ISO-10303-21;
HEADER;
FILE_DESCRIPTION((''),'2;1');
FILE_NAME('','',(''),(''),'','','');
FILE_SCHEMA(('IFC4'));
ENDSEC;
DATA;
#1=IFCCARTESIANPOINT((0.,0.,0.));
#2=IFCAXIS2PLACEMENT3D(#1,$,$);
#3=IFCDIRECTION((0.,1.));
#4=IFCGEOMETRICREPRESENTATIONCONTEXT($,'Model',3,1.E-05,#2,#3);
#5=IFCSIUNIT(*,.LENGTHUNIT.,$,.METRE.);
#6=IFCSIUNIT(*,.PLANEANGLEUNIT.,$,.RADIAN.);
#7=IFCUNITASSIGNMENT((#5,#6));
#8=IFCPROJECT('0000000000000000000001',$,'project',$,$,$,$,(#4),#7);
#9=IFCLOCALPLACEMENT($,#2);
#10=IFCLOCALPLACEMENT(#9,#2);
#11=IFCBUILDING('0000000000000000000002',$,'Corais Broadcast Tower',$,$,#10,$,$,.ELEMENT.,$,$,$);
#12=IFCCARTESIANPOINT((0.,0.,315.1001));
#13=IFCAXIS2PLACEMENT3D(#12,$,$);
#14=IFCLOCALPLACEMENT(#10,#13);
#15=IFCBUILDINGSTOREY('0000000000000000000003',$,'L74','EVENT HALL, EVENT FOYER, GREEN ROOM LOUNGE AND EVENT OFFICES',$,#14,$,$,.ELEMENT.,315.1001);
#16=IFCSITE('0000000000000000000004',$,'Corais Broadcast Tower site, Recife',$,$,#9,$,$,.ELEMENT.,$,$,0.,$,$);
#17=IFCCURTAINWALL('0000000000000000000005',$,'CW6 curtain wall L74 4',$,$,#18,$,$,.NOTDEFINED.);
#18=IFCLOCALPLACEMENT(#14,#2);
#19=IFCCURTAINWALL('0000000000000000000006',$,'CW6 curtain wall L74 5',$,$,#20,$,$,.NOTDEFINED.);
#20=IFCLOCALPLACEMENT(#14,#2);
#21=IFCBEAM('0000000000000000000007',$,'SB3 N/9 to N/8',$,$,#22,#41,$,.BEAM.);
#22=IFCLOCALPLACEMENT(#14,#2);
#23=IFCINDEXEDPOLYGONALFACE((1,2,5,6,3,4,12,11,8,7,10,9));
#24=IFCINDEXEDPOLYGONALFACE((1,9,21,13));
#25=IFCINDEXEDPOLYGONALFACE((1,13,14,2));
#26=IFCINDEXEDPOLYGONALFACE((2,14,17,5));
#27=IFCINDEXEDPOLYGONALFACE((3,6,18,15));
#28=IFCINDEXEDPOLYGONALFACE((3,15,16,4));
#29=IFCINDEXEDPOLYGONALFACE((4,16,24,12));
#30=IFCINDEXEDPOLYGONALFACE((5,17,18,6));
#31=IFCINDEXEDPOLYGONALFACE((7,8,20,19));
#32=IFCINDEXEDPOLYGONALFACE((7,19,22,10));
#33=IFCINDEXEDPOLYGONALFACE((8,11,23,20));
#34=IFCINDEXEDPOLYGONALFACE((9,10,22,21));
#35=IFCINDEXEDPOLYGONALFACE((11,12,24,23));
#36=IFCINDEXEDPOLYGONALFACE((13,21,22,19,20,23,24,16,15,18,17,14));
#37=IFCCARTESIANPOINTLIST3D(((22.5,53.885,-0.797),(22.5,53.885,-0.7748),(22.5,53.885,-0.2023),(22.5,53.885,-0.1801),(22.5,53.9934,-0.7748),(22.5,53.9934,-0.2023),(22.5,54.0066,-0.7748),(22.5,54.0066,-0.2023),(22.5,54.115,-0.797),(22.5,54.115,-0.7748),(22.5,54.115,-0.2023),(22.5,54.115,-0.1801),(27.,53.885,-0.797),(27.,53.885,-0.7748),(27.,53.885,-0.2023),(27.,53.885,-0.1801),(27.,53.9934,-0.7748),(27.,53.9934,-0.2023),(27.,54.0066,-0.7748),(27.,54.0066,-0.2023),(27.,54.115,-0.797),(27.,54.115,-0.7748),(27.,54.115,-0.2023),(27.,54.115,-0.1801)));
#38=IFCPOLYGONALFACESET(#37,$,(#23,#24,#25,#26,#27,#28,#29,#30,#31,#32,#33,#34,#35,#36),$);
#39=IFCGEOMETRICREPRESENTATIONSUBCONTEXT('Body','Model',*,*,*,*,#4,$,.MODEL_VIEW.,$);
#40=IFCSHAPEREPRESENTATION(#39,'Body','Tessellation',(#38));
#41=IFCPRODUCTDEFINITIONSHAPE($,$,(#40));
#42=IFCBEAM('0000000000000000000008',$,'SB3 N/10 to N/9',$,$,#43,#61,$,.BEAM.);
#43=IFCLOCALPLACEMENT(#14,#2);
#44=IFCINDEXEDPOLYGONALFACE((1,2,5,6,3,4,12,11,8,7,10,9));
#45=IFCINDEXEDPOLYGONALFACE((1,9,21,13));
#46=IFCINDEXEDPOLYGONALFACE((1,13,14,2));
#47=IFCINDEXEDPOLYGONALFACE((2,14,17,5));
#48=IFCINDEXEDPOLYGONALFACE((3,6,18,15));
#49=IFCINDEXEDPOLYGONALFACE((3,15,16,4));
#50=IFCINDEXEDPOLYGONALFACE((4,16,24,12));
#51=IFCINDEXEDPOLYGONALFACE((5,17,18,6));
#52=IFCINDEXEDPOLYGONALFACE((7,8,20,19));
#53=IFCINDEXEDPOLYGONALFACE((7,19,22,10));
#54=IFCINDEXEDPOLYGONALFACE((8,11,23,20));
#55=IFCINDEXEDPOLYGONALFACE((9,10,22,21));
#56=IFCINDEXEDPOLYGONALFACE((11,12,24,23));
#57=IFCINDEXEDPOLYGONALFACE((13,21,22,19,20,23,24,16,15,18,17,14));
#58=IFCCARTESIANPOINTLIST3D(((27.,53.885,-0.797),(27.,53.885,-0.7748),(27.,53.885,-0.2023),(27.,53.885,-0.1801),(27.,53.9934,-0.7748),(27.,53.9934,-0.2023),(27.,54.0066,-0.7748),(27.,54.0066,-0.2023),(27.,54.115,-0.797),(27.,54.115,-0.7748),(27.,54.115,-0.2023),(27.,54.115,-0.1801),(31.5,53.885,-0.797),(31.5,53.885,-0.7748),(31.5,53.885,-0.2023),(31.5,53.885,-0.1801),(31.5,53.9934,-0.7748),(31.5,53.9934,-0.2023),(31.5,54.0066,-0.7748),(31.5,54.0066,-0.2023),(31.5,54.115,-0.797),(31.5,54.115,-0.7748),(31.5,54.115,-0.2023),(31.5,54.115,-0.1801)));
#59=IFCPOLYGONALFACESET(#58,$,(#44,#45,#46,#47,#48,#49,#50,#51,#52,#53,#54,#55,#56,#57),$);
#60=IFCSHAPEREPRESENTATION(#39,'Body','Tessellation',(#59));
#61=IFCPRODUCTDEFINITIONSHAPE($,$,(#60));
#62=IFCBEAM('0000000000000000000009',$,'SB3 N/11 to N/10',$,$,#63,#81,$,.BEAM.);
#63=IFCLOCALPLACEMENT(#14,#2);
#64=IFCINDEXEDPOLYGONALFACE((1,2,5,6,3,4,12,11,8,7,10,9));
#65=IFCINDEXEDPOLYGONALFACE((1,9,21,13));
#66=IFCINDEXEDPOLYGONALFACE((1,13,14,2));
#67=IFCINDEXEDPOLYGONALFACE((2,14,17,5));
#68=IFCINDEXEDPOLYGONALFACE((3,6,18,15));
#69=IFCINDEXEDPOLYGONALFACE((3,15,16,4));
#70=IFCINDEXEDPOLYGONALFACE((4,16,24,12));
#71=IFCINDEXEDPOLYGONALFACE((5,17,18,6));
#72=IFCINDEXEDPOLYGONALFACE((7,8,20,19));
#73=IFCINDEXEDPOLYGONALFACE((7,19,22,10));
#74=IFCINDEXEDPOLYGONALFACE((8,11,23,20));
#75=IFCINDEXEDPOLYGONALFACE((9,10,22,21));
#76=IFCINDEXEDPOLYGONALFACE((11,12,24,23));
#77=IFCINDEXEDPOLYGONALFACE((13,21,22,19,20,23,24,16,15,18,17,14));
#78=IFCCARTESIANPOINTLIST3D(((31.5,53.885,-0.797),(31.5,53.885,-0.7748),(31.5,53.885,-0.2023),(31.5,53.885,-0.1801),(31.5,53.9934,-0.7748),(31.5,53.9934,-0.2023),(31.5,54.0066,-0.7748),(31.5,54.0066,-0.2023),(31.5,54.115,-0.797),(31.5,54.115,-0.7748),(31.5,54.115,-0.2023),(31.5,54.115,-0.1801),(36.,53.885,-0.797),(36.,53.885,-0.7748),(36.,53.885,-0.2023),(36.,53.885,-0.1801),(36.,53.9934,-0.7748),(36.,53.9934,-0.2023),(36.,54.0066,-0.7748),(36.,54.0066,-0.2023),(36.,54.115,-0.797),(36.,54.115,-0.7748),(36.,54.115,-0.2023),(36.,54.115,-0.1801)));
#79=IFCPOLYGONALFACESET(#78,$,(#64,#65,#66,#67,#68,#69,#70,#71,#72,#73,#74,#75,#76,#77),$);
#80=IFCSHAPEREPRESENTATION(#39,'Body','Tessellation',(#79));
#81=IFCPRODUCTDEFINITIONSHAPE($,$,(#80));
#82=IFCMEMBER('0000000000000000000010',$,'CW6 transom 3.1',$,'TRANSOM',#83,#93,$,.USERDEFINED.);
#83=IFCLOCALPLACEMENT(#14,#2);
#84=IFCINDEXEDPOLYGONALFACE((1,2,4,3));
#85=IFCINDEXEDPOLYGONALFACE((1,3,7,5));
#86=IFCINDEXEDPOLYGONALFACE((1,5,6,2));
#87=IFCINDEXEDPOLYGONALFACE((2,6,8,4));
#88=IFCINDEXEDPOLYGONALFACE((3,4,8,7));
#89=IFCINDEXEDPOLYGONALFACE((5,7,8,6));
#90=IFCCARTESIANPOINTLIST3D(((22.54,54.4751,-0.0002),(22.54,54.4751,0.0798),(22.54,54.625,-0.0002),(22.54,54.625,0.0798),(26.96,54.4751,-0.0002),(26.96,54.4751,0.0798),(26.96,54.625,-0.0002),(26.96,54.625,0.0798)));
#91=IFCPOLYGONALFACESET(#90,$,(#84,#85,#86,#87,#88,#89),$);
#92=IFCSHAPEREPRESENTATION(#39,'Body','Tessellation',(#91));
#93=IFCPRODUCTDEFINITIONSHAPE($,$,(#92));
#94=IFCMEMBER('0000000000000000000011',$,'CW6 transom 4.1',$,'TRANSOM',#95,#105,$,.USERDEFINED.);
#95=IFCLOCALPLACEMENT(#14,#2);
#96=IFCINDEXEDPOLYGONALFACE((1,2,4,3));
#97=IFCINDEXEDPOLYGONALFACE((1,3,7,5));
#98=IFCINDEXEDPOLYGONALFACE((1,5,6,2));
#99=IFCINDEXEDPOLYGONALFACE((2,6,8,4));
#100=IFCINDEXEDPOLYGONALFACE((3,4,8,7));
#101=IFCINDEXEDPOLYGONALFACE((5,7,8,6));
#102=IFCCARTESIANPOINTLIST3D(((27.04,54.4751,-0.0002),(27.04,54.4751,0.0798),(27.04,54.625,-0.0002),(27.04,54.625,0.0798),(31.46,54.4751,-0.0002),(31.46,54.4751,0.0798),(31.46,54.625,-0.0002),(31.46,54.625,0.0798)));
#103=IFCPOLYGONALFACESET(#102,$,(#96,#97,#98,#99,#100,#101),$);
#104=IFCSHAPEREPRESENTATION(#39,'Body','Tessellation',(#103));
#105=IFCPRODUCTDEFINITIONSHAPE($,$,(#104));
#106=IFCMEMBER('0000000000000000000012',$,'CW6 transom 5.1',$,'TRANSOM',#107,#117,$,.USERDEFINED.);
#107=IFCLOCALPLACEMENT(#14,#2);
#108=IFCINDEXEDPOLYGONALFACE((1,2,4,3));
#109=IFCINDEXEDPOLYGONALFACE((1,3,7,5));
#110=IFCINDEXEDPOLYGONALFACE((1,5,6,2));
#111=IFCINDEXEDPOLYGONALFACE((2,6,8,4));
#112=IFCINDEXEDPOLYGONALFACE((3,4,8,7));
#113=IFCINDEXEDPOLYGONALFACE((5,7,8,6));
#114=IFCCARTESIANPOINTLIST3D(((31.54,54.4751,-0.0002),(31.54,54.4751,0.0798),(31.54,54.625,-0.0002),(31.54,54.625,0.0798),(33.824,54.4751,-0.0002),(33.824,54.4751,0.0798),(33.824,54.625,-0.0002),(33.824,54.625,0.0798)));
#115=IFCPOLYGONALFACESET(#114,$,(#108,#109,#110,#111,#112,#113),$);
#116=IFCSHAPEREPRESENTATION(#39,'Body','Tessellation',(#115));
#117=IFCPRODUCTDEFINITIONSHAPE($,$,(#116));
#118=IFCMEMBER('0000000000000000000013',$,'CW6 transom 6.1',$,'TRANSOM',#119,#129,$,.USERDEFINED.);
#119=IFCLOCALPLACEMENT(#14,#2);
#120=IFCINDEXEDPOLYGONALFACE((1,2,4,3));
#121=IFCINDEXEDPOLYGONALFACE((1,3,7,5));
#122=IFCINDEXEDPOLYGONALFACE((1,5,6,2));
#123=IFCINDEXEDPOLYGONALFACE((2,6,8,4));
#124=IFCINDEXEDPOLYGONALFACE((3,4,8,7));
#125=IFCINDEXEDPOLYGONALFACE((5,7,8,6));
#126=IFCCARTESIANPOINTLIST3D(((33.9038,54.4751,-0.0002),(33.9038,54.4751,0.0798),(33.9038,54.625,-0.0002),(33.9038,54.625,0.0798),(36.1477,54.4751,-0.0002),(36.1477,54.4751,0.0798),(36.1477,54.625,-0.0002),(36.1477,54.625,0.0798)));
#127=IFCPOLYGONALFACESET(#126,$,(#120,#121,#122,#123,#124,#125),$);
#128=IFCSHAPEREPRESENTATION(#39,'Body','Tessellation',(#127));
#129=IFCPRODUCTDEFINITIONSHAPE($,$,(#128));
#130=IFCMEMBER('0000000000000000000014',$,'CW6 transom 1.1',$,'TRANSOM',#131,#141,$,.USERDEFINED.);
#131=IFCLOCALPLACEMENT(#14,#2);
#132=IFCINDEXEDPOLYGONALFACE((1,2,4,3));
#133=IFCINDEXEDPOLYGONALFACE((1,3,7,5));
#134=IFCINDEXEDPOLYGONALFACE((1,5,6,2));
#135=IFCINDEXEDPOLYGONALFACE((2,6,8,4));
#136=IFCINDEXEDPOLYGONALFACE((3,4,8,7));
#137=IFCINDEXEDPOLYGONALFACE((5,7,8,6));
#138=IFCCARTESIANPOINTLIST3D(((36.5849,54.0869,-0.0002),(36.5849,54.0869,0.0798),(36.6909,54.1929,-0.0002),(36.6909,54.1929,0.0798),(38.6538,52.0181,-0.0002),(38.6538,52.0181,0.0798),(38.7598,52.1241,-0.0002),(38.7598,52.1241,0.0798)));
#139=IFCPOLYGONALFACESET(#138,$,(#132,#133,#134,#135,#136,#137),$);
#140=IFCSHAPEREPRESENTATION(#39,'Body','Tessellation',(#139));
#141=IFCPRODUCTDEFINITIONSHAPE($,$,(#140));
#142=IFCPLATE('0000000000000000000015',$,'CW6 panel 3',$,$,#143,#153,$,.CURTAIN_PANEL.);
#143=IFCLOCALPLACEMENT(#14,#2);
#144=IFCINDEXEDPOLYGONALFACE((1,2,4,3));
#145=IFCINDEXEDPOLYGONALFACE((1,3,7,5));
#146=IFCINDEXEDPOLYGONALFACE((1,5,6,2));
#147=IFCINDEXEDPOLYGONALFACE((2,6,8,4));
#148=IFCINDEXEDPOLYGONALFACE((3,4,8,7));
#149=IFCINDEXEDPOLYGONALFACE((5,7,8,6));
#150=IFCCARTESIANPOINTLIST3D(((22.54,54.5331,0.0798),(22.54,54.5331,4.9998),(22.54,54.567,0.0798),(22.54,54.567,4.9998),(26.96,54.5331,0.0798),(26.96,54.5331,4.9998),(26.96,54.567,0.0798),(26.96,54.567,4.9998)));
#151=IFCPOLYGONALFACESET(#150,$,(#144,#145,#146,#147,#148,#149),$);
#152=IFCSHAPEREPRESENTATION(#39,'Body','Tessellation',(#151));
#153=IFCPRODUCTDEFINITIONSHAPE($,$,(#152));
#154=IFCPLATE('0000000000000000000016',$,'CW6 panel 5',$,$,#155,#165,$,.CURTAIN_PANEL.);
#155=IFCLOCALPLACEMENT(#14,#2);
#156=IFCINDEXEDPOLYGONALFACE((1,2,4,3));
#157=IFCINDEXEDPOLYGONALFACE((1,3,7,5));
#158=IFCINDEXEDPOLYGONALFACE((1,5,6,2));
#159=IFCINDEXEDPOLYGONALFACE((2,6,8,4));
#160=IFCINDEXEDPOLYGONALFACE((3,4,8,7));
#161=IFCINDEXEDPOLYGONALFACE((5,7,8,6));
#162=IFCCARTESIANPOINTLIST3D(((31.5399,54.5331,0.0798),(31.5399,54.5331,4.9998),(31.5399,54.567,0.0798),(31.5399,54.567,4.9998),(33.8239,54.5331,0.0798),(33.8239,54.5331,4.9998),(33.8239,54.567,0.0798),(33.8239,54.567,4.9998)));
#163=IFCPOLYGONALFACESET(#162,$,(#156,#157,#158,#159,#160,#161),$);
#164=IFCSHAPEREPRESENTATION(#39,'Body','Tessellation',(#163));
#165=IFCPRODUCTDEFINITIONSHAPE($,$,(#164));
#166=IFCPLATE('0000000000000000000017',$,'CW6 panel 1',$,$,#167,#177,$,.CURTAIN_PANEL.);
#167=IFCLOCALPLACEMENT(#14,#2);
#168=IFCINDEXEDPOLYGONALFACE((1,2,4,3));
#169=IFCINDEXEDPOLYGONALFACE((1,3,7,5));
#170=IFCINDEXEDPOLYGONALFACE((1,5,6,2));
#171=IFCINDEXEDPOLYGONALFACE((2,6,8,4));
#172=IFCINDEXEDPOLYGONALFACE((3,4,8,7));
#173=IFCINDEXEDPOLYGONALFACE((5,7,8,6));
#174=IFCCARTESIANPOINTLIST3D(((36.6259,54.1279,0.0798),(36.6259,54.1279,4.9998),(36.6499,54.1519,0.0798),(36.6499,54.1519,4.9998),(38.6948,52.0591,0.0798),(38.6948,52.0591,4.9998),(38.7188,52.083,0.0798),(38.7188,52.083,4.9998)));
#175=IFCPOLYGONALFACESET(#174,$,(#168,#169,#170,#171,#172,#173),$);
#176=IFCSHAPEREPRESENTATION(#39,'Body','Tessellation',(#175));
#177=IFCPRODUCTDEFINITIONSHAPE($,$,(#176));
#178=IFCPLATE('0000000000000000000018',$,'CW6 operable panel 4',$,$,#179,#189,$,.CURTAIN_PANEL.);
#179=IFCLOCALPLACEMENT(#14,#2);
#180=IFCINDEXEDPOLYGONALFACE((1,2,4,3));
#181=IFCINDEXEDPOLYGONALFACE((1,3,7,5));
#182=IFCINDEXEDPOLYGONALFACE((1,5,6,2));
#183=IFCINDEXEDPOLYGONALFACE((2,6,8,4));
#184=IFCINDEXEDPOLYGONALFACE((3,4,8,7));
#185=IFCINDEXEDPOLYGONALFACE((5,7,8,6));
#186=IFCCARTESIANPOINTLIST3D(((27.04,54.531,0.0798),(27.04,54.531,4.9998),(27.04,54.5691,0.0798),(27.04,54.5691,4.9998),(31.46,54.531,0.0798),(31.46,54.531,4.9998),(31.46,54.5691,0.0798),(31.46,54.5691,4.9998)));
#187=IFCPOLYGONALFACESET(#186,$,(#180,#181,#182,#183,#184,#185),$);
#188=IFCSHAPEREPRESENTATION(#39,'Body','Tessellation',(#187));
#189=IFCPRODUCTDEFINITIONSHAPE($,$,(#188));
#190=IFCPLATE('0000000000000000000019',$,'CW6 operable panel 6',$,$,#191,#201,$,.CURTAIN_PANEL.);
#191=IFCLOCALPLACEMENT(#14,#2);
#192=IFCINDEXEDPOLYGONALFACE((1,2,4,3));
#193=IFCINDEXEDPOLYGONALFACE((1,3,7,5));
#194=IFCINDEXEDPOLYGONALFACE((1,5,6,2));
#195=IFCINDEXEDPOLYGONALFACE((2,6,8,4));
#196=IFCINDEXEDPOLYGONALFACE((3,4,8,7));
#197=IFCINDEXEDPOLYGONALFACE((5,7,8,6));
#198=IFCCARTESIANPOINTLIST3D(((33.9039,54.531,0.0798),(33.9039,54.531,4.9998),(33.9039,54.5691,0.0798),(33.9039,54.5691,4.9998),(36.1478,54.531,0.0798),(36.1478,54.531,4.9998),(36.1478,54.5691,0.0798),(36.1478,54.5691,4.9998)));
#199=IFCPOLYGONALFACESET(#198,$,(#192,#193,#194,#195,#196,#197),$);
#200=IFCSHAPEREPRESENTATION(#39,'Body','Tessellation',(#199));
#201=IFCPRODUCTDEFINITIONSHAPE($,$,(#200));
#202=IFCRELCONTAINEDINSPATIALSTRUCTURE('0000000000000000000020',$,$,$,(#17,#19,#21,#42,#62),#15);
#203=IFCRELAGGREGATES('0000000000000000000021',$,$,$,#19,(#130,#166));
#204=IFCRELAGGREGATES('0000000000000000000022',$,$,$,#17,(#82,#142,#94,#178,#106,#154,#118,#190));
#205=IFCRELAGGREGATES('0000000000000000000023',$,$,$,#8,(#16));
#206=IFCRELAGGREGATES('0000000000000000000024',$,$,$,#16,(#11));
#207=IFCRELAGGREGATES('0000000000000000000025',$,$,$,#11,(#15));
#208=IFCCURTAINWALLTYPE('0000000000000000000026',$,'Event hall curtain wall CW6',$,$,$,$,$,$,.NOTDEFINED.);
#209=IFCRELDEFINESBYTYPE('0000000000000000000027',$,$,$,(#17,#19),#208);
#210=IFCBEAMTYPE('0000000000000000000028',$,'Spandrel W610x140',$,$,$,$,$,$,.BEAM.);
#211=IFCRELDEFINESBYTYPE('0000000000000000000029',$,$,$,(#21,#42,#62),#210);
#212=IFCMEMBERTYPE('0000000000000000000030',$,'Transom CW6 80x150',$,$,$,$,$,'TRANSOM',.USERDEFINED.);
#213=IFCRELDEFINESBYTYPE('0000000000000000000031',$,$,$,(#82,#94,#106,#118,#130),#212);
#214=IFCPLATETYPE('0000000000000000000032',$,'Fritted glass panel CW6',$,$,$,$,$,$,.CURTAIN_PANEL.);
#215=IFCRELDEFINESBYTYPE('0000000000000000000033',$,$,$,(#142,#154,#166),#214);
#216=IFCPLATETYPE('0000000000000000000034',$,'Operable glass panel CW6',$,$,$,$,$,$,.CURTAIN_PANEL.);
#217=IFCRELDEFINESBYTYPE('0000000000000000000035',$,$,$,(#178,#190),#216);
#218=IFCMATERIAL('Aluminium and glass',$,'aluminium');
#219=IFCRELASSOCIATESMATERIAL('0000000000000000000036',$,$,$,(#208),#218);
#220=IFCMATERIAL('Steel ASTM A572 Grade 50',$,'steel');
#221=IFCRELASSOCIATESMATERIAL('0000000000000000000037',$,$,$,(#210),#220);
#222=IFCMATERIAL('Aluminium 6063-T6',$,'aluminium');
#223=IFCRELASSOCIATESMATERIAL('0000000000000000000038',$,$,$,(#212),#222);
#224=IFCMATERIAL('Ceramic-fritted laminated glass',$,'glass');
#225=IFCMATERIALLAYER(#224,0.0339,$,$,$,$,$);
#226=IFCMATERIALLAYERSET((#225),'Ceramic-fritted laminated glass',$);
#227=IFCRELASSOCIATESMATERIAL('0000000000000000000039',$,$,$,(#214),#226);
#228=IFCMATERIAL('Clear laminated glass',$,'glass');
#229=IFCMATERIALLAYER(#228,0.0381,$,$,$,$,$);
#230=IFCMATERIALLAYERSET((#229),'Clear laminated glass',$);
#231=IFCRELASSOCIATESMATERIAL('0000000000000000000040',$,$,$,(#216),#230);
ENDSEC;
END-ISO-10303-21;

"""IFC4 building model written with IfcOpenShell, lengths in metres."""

from ifc_helpers import new_model, si_unit, direction, frame, origin, origin_2d, place, context, subcontext, project, spatial, rectangle, i_section, extrude, material, layer, layer_set, material_profile, profile_set, type_object, element, aggregate, save


model = new_model("IFC4")

# Units and contexts
model_context = context("Model", 3, precision=1e-05, world=origin(), true_north=direction((0.0, 1.0)))
body_context = subcontext(model_context, "Body", "Model", "MODEL_VIEW")
ifc_project = project(units=[si_unit("LENGTHUNIT", "METRE"), si_unit("PLANEANGLEUNIT", "RADIAN")], contexts=[model_context])

# Site, building, storey
site_placement = place(None, origin())
site = spatial("IfcSite", under=ifc_project, at=site_placement, Name="Corais Broadcast Tower site, Recife", CompositionType="ELEMENT", RefElevation=0.0)
building_placement = place(site_placement, origin())
building = spatial("IfcBuilding", under=site, at=building_placement, Name="Corais Broadcast Tower", CompositionType="ELEMENT")
storey_placement = place(building_placement, frame((0.0, 0.0, 315.1001)))
storey = spatial("IfcBuildingStorey", under=building, at=storey_placement, Name="L74", Description="EVENT HALL, EVENT FOYER, GREEN ROOM LOUNGE AND EVENT OFFICES", CompositionType="ELEMENT", Elevation=315.1001)

# Curtain walls
ifc_material_1 = material(Name="Aluminium and glass", Category="aluminium")
curtain_wall_type = type_object("IfcCurtainWallType", Name="Event hall curtain wall CW6", PredefinedType="NOTDEFINED", material=ifc_material_1)
curtain_wall_1_placement = place(storey_placement, origin())
curtain_wall_1 = element("IfcCurtainWall", 1, at=curtain_wall_1_placement, inside=storey, type_object=curtain_wall_type, Name="CW6 curtain wall L74 4", PredefinedType="NOTDEFINED")
curtain_wall_2_placement = place(storey_placement, origin())
curtain_wall_2 = element("IfcCurtainWall", 2, at=curtain_wall_2_placement, inside=storey, type_object=curtain_wall_type, Name="CW6 curtain wall L74 5", PredefinedType="NOTDEFINED")

# Beams
ifc_material_2 = material(Name="Steel ASTM A572 Grade 50", Category="steel")
ifc_material_profile_1 = material_profile(ifc_material_2, i_section(OverallWidth=0.23, OverallDepth=0.6169, WebThickness=0.0132, FlangeThickness=0.0222, at=origin_2d()), Name="W610x140")
ifc_profile_set_1 = profile_set([ifc_material_profile_1], Name="Steel ASTM A572 Grade 50")
beam_type_1 = type_object("IfcBeamType", Name="Spandrel W610x140", PredefinedType="BEAM", material=ifc_profile_set_1)
for number, where, z_axis, x_axis, name in (
    (3, (27.0, 54.0, -0.4885), (-1.0, 0.0, 0.0), (0.0, -1.0, 0.0), "SB3 N/9 to N/8"),
    (4, (31.5, 54.0, -0.4885), (-1.0, 0.0, 0.0), (0.0, -1.0, 0.0), "SB3 N/10 to N/9"),
    (5, (36.0, 54.0, -0.4885), (-1.0, 0.0, 0.0), (0.0, -1.0, 0.0), "SB3 N/11 to N/10"),
):
    element("IfcBeam", number, at=place(storey_placement, frame(where, z_axis=z_axis, x_axis=x_axis)), inside=storey, type_object=beam_type_1, Name=name, PredefinedType="BEAM", context=body_context, shape_type="SweptSolid", body=[
        extrude(i_section(OverallWidth=0.23, OverallDepth=0.6169, WebThickness=0.0132, FlangeThickness=0.0222, at=origin_2d()), origin(), (0.0, 0.0, 1.0), 4.5),
    ])

# Members
ifc_material_3 = material(Name="Aluminium 6063-T6", Category="aluminium")
ifc_material_profile_2 = material_profile(ifc_material_3, rectangle(XDim=0.1499, YDim=0.0801, at=origin_2d()), Name="Transom CW6 80x150")
ifc_profile_set_2 = profile_set([ifc_material_profile_2], Name="Aluminium 6063-T6")
member_type_1 = type_object("IfcMemberType", Name="Transom CW6 80x150", ElementType="TRANSOM", PredefinedType="USERDEFINED", material=ifc_profile_set_2)
member_1_placement = place(storey_placement, frame((22.54, 54.55, 0.0398), z_axis=(1.0, 0.0, 0.0), x_axis=(0.0, 1.0, 0.0)))
member_1 = element("IfcMember", 6, at=member_1_placement, type_object=member_type_1, Name="CW6 transom 3.1", ObjectType="TRANSOM", PredefinedType="USERDEFINED", context=body_context, shape_type="SweptSolid", body=[
    extrude(rectangle(XDim=0.1499, YDim=0.0801, at=origin_2d()), origin(), (0.0, 0.0, 1.0), 4.4199),
])
member_2_placement = place(storey_placement, frame((27.04, 54.55, 0.0398), z_axis=(1.0, 0.0, 0.0), x_axis=(0.0, 1.0, 0.0)))
member_2 = element("IfcMember", 7, at=member_2_placement, type_object=member_type_1, Name="CW6 transom 4.1", ObjectType="TRANSOM", PredefinedType="USERDEFINED", context=body_context, shape_type="SweptSolid", body=[
    extrude(rectangle(XDim=0.1499, YDim=0.0801, at=origin_2d()), origin(), (0.0, 0.0, 1.0), 4.4199),
])
member_3_placement = place(storey_placement, frame((31.54, 54.55, 0.0398), z_axis=(1.0, 0.0, 0.0), x_axis=(0.0, 1.0, 0.0)))
member_3 = element("IfcMember", 8, at=member_3_placement, type_object=member_type_1, Name="CW6 transom 5.1", ObjectType="TRANSOM", PredefinedType="USERDEFINED", context=body_context, shape_type="SweptSolid", body=[
    extrude(rectangle(XDim=0.1499, YDim=0.0801, at=origin_2d()), origin(), (0.0, 0.0, 1.0), 2.2839),
])
member_4_placement = place(storey_placement, frame((33.9038, 54.55, 0.0398), z_axis=(1.0, 0.0, 0.0), x_axis=(0.0, 1.0, 0.0)))
member_4 = element("IfcMember", 9, at=member_4_placement, type_object=member_type_1, Name="CW6 transom 6.1", ObjectType="TRANSOM", PredefinedType="USERDEFINED", context=body_context, shape_type="SweptSolid", body=[
    extrude(rectangle(XDim=0.1499, YDim=0.0801, at=origin_2d()), origin(), (0.0, 0.0, 1.0), 2.2439),
])
member_5_placement = place(storey_placement, frame((36.6379, 54.1399, 0.0398), z_axis=(0.707107, -0.707107, 0.0), x_axis=(0.707107, 0.707107, 0.0)))
member_5 = element("IfcMember", 10, at=member_5_placement, type_object=member_type_1, Name="CW6 transom 1.1", ObjectType="TRANSOM", PredefinedType="USERDEFINED", context=body_context, shape_type="SweptSolid", body=[
    extrude(rectangle(XDim=0.1499, YDim=0.0801, at=origin_2d()), origin(), (0.0, 0.0, 1.0), 2.9258),
])

# Plates
ifc_material_4 = material(Name="Ceramic-fritted laminated glass", Category="glass")
ifc_layer_1 = layer(ifc_material_4, 0.0339)
ifc_layer_set_1 = layer_set([ifc_layer_1], Name="Ceramic-fritted laminated glass")
plate_type_1 = type_object("IfcPlateType", Name="Fritted glass panel CW6", PredefinedType="CURTAIN_PANEL", material=ifc_layer_set_1)
plate_1_placement = place(storey_placement, frame((24.75, 54.55, 0.0798), z_axis=(0.0, 0.0, 1.0), x_axis=(1.0, 0.0, 0.0)))
plate_1 = element("IfcPlate", 11, at=plate_1_placement, type_object=plate_type_1, Name="CW6 panel 3", PredefinedType="CURTAIN_PANEL", context=body_context, shape_type="SweptSolid", body=[
    extrude(rectangle(XDim=4.4199, YDim=0.0339, at=origin_2d()), origin(), (0.0, 0.0, 1.0), 4.9199),
])
plate_2_placement = place(storey_placement, frame((32.6819, 54.55, 0.0798), z_axis=(0.0, 0.0, 1.0), x_axis=(1.0, 0.0, 0.0)))
plate_2 = element("IfcPlate", 12, at=plate_2_placement, type_object=plate_type_1, Name="CW6 panel 5", PredefinedType="CURTAIN_PANEL", context=body_context, shape_type="SweptSolid", body=[
    extrude(rectangle(XDim=2.2839, YDim=0.0339, at=origin_2d()), origin(), (0.0, 0.0, 1.0), 4.9199),
])
plate_3_placement = place(storey_placement, frame((37.6724, 53.1055, 0.0798), z_axis=(0.0, 0.0, 1.0), x_axis=(0.707107, -0.707107, 0.0)))
plate_3 = element("IfcPlate", 13, at=plate_3_placement, type_object=plate_type_1, Name="CW6 panel 1", PredefinedType="CURTAIN_PANEL", context=body_context, shape_type="SweptSolid", body=[
    extrude(rectangle(XDim=2.9258, YDim=0.0339, at=origin_2d()), origin(), (0.0, 0.0, 1.0), 4.9199),
])
aggregate(curtain_wall_2, [member_5, plate_3])
ifc_material_5 = material(Name="Clear laminated glass", Category="glass")
ifc_layer_2 = layer(ifc_material_5, 0.0381)
ifc_layer_set_2 = layer_set([ifc_layer_2], Name="Clear laminated glass")
plate_type_2 = type_object("IfcPlateType", Name="Operable glass panel CW6", PredefinedType="CURTAIN_PANEL", material=ifc_layer_set_2)
plate_4_placement = place(storey_placement, frame((29.25, 54.55, 0.0798), z_axis=(0.0, 0.0, 1.0), x_axis=(1.0, 0.0, 0.0)))
plate_4 = element("IfcPlate", 14, at=plate_4_placement, type_object=plate_type_2, Name="CW6 operable panel 4", PredefinedType="CURTAIN_PANEL", context=body_context, shape_type="SweptSolid", body=[
    extrude(rectangle(XDim=4.4199, YDim=0.0381, at=origin_2d()), origin(), (0.0, 0.0, 1.0), 4.9199),
])
plate_5_placement = place(storey_placement, frame((35.0259, 54.55, 0.0798), z_axis=(0.0, 0.0, 1.0), x_axis=(1.0, 0.0, 0.0)))
plate_5 = element("IfcPlate", 15, at=plate_5_placement, type_object=plate_type_2, Name="CW6 operable panel 6", PredefinedType="CURTAIN_PANEL", context=body_context, shape_type="SweptSolid", body=[
    extrude(rectangle(XDim=2.2439, YDim=0.0381, at=origin_2d()), origin(), (0.0, 0.0, 1.0), 4.9199),
])
aggregate(curtain_wall_1, [member_1, plate_1, member_2, plate_4, member_3, plate_2, member_4, plate_5])

save(model, "model.ifc")
